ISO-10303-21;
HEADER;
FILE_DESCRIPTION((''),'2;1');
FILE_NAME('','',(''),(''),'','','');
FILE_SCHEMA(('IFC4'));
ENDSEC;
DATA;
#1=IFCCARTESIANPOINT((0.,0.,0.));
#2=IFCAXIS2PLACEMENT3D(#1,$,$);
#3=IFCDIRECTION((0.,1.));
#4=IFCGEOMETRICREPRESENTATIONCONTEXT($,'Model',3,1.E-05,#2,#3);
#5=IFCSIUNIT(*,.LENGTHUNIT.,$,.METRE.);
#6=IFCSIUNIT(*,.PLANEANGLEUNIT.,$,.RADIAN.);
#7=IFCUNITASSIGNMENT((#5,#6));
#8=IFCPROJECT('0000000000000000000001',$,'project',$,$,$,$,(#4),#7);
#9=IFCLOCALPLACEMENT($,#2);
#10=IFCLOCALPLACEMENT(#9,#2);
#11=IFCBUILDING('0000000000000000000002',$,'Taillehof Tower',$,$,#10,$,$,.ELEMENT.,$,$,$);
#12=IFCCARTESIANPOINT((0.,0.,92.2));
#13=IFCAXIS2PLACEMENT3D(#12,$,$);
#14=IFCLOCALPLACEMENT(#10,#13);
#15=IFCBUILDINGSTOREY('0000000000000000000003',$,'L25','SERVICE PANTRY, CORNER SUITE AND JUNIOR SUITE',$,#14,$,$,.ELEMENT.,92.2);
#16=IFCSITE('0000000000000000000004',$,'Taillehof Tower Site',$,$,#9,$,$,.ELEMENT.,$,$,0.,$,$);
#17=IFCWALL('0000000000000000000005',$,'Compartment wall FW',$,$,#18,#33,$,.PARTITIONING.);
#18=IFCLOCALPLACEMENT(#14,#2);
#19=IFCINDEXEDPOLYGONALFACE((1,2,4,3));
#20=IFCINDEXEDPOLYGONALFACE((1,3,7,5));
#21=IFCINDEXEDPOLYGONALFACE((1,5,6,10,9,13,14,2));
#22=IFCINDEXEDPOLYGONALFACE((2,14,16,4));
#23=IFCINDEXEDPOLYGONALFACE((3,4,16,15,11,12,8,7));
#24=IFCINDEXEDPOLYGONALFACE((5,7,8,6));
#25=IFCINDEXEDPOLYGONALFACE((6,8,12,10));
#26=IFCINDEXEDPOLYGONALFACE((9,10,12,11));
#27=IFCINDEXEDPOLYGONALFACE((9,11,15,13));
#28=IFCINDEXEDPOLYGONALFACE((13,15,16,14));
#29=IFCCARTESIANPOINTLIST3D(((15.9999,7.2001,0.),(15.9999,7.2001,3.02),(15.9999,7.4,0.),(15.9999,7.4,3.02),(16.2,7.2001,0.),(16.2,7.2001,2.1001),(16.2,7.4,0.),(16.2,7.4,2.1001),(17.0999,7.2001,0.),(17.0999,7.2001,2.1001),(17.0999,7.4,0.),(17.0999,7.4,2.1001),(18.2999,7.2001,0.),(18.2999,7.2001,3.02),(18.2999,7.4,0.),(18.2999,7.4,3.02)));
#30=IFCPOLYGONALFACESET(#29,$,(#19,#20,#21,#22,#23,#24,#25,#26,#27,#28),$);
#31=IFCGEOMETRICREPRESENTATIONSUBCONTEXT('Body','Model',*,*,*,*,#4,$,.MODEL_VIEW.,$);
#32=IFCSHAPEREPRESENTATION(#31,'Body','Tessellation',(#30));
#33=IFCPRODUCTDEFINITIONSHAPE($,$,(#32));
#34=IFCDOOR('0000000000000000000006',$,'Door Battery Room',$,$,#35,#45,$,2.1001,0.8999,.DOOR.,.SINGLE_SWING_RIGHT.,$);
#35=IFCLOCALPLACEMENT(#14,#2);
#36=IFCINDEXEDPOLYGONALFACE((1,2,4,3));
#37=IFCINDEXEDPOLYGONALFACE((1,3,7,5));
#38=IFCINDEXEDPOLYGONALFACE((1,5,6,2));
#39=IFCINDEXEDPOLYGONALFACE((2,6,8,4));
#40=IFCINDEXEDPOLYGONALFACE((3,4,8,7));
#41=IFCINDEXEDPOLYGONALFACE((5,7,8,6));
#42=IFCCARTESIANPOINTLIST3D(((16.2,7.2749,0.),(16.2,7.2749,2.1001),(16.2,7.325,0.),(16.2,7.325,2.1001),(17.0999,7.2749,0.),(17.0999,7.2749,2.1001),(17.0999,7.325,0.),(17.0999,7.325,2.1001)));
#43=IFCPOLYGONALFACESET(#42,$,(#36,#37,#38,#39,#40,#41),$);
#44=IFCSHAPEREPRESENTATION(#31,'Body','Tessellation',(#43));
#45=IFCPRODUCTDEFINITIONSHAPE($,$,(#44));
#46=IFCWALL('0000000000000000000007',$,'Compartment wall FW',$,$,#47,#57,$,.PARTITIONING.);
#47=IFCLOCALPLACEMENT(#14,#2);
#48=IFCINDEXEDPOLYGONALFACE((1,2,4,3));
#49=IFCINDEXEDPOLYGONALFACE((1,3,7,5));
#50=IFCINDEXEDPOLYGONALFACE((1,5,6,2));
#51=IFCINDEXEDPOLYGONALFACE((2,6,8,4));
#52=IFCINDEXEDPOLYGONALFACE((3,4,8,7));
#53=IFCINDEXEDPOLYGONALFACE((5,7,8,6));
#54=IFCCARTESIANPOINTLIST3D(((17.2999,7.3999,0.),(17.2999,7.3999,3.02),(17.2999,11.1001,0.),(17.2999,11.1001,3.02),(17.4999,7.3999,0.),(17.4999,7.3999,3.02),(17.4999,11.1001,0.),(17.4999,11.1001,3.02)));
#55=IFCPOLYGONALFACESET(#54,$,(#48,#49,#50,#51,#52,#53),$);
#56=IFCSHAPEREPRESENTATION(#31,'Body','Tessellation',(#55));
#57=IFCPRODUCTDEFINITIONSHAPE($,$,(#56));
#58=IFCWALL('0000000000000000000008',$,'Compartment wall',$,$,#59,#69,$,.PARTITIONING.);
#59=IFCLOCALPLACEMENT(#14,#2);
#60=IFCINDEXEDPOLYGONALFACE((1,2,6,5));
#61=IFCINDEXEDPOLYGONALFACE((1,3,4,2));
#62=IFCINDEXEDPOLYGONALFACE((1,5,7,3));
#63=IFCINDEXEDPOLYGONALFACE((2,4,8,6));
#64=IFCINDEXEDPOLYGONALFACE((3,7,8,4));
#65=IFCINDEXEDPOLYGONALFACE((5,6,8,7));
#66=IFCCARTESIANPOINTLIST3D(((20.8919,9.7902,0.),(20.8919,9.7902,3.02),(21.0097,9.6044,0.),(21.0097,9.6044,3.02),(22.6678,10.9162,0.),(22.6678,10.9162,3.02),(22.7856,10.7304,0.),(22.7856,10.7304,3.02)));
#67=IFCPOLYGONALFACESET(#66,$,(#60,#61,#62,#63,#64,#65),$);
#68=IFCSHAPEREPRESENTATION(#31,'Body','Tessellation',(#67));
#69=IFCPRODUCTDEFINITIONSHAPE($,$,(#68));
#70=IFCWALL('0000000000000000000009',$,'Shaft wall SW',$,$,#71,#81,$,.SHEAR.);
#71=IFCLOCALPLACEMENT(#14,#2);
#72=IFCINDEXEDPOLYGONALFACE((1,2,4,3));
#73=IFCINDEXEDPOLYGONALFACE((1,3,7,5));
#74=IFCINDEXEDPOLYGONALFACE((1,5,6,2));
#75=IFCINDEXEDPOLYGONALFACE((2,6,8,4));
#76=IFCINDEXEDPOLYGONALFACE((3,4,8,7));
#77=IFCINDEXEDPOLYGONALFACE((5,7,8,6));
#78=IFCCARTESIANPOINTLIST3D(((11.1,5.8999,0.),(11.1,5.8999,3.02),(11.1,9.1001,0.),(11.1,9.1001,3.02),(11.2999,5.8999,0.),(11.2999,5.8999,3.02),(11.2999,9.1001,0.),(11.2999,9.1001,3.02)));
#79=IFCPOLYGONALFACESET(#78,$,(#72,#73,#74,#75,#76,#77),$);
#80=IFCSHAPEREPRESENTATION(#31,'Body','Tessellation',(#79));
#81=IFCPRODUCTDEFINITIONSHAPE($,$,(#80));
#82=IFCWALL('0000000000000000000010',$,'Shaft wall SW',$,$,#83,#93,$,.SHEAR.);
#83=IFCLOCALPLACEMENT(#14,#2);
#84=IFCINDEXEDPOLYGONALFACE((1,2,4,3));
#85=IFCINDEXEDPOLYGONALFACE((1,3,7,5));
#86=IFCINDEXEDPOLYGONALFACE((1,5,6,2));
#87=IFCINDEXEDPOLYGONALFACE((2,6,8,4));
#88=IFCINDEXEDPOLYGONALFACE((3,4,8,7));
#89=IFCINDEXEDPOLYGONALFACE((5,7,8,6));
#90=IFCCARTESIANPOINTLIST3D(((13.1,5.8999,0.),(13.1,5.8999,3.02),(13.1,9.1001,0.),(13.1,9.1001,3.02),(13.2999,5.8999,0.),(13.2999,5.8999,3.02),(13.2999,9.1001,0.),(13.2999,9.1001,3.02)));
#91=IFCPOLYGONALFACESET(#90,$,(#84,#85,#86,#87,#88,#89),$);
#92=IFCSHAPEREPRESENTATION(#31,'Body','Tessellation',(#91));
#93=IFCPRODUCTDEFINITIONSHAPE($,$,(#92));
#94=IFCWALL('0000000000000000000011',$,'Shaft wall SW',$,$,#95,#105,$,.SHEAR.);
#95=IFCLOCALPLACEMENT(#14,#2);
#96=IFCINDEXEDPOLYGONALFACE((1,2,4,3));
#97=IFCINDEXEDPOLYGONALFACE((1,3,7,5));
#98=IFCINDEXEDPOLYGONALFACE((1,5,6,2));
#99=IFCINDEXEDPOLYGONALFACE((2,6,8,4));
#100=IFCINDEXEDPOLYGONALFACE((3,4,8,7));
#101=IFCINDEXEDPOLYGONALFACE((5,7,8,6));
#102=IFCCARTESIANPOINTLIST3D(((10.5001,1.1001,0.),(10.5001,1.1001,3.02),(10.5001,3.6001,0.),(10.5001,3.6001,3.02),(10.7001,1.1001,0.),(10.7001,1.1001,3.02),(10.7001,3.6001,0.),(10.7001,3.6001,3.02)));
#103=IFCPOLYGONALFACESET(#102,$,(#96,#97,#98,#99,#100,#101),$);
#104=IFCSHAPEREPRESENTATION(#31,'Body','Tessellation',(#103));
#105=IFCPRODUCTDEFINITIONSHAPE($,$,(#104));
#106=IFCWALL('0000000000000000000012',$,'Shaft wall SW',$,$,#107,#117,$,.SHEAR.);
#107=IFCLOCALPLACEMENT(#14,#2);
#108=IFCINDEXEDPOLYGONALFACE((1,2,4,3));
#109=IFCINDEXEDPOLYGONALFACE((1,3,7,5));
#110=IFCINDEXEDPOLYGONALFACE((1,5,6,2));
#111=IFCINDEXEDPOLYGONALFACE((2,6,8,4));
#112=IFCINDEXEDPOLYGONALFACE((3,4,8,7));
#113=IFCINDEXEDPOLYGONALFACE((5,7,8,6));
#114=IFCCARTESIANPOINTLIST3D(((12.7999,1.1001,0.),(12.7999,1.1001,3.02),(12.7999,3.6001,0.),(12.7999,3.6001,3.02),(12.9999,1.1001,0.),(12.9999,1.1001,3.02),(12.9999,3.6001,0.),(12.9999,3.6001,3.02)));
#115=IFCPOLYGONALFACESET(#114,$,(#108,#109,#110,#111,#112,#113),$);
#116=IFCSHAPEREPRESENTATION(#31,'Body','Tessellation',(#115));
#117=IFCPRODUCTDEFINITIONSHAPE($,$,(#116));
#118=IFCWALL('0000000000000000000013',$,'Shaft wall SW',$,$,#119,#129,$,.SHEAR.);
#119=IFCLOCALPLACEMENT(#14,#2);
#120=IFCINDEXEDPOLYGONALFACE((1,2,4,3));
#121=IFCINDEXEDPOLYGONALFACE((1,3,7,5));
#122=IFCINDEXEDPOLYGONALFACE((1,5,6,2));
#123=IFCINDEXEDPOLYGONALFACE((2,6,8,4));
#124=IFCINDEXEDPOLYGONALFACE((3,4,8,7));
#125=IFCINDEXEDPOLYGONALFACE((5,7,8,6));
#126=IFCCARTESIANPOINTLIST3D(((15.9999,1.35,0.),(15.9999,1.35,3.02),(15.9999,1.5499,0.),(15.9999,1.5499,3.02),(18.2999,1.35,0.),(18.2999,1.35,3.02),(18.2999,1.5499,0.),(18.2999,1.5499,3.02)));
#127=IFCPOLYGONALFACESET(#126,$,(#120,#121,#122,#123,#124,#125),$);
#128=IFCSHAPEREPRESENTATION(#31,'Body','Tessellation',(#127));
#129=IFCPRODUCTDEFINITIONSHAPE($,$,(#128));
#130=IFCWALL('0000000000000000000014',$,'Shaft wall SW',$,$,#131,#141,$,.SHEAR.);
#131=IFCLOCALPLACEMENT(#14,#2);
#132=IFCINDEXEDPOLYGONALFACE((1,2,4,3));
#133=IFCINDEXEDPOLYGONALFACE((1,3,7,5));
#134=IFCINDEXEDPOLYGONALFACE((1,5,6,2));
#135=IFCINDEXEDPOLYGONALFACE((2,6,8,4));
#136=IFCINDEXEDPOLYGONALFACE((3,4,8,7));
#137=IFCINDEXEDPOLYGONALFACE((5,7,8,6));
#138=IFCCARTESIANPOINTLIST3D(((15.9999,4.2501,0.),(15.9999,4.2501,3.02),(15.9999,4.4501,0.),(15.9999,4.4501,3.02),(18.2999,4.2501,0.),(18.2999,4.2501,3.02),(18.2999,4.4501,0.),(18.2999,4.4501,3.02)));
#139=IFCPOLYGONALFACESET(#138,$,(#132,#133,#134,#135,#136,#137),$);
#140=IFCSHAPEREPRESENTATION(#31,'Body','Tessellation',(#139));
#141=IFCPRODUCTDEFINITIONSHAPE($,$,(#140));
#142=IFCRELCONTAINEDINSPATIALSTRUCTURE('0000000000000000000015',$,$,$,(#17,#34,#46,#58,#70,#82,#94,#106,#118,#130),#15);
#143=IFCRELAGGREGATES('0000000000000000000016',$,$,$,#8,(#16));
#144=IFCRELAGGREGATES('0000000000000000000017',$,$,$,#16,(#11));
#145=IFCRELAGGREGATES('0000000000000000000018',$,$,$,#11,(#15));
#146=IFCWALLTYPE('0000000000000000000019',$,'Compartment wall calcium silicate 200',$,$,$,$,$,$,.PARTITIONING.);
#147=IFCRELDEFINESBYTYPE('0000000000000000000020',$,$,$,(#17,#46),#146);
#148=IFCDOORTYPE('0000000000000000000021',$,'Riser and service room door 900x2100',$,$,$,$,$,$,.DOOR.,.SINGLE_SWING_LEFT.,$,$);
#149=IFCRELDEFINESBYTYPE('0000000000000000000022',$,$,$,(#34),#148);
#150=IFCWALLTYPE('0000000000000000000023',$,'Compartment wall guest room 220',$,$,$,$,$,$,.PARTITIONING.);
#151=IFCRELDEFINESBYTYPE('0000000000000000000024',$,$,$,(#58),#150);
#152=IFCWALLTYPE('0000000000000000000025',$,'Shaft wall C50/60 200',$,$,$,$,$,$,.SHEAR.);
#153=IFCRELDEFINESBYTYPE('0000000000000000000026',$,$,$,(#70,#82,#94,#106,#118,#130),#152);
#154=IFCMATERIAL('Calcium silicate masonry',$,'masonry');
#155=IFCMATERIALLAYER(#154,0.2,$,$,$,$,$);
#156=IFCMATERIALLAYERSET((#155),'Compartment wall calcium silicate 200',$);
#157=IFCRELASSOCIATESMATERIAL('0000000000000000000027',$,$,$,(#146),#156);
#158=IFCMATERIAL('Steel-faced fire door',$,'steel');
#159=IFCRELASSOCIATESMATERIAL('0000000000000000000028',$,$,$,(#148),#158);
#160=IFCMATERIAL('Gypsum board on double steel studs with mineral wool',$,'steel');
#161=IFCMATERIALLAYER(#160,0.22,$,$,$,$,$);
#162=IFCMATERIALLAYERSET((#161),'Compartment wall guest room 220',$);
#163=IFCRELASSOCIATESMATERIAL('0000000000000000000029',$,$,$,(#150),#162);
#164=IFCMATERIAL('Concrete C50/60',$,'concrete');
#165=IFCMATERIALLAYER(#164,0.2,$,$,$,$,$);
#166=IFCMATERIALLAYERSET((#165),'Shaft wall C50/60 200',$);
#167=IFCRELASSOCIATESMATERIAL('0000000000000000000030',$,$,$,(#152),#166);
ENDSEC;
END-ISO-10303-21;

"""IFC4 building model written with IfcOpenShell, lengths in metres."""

from ifc_helpers import new_model, si_unit, direction, frame, frame_2d, origin, place, context, subcontext, project, spatial, rectangle, extrude, material, layer, layer_set, type_object, element, fill, save


model = new_model("IFC4")

# Units and contexts
model_context = context("Model", 3, precision=1e-05, world=origin(), true_north=direction((0.0, 1.0)))
body_context = subcontext(model_context, "Body", "Model", "MODEL_VIEW")
ifc_project = project(units=[si_unit("LENGTHUNIT", "METRE"), si_unit("PLANEANGLEUNIT", "RADIAN")], contexts=[model_context])

# Site, building, storey
site_placement = place(None, origin())
site = spatial("IfcSite", under=ifc_project, at=site_placement, Name="Taillehof Tower Site", CompositionType="ELEMENT", RefElevation=0.0)
building_placement = place(site_placement, origin())
building = spatial("IfcBuilding", under=site, at=building_placement, Name="Taillehof Tower", CompositionType="ELEMENT")
storey_placement = place(building_placement, frame((0.0, 0.0, 92.2)))
storey = spatial("IfcBuildingStorey", under=building, at=storey_placement, Name="L25", Description="SERVICE PANTRY, CORNER SUITE AND JUNIOR SUITE", CompositionType="ELEMENT", Elevation=92.2)

# Wall, opening, door
ifc_material_1 = material(Name="Calcium silicate masonry", Category="masonry")
ifc_layer_1 = layer(ifc_material_1, 0.2)
ifc_layer_set_1 = layer_set([ifc_layer_1], Name="Compartment wall calcium silicate 200")
wall_type_1 = type_object("IfcWallType", Name="Compartment wall calcium silicate 200", PredefinedType="PARTITIONING", material=ifc_layer_set_1)
wall_1_placement = place(storey_placement, frame((16.0, 7.3, 0.0), z_axis=(0.0, 0.0, 1.0), x_axis=(1.0, 0.0, 0.0)))
wall_1 = element("IfcWall", 1, at=wall_1_placement, inside=storey, type_object=wall_type_1, Name="Compartment wall FW", PredefinedType="PARTITIONING", context=body_context, shape_type="SweptSolid", body=[
    extrude(rectangle(XDim=2.3, YDim=0.2, at=frame_2d((1.1499, 0.0))), origin(), (0.0, 0.0, 1.0), 3.02),
])
opening_1_placement = place(wall_1_placement, frame((0.2, 0.0, 0.0)))
opening_1 = element("IfcOpeningElement", 2, at=opening_1_placement, cuts=wall_1, PredefinedType="OPENING", context=body_context, shape_type="SweptSolid", body=[
    extrude(rectangle(XDim=0.8999, YDim=2.1001, at=frame_2d((0.45, 1.05))), frame((0.0, 0.1099, 0.0), z_axis=(0.0, -1.0, 0.0), x_axis=(1.0, 0.0, 0.0)), (0.0, 0.0, 1.0), 0.22),
])
ifc_material_2 = material(Name="Steel-faced fire door", Category="steel")
door_type = type_object("IfcDoorType", Name="Riser and service room door 900x2100", OperationType="SINGLE_SWING_LEFT", PredefinedType="DOOR", material=ifc_material_2)
door_placement = place(opening_1_placement, origin())
door = element("IfcDoor", 3, at=door_placement, inside=storey, type_object=door_type, Name="Door Battery Room", OperationType="SINGLE_SWING_RIGHT", OverallHeight=2.1001, OverallWidth=0.8999, PredefinedType="DOOR", context=body_context, shape_type="SweptSolid", body=[
    extrude(rectangle(XDim=0.8999, YDim=2.1001, at=frame_2d((0.45, 1.05))), frame((0.0, 0.0249, 0.0), z_axis=(0.0, -1.0, 0.0), x_axis=(1.0, 0.0, 0.0)), (0.0, 0.0, 1.0), 0.05),
])
fill(opening_1, door)

# Walls
wall_2_placement = place(storey_placement, frame((17.3999, 7.3999, 0.0), z_axis=(0.0, 0.0, 1.0), x_axis=(0.0, 1.0, 0.0)))
element("IfcWall", 4, at=wall_2_placement, inside=storey, type_object=wall_type_1, Name="Compartment wall FW", PredefinedType="PARTITIONING", context=body_context, shape_type="SweptSolid", body=[
    extrude(rectangle(XDim=3.7002, YDim=0.2, at=frame_2d((1.8501, 0.0))), origin(), (0.0, 0.0, 1.0), 3.02),
])
ifc_material_3 = material(Name="Gypsum board on double steel studs with mineral wool", Category="steel")
ifc_layer_2 = layer(ifc_material_3, 0.22)
ifc_layer_set_2 = layer_set([ifc_layer_2], Name="Compartment wall guest room 220")
wall_type_2 = type_object("IfcWallType", Name="Compartment wall guest room 220", PredefinedType="PARTITIONING", material=ifc_layer_set_2)
wall_3_placement = place(storey_placement, frame((22.7266, 10.8232, 0.0), z_axis=(0.0, 0.0, 1.0), x_axis=(-0.84455, -0.535477, 0.0)))
element("IfcWall", 5, at=wall_3_placement, inside=storey, type_object=wall_type_2, Name="Compartment wall", PredefinedType="PARTITIONING", context=body_context, shape_type="SweptSolid", body=[
    extrude(rectangle(XDim=2.1028, YDim=0.22, at=frame_2d((1.0513, 0.0))), origin(), (0.0, 0.0, 1.0), 3.02),
])
ifc_material_4 = material(Name="Concrete C50/60", Category="concrete")
ifc_layer_3 = layer(ifc_material_4, 0.2)
ifc_layer_set_3 = layer_set([ifc_layer_3], Name="Shaft wall C50/60 200")
wall_type_3 = type_object("IfcWallType", Name="Shaft wall C50/60 200", PredefinedType="SHEAR", material=ifc_layer_set_3)
for number, where, z_axis, x_axis, name in (
    (6, (11.2, 5.8999, 0.0), (0.0, 0.0, 1.0), (0.0, 1.0, 0.0), "Shaft wall SW"),
    (7, (13.2, 5.8999, 0.0), (0.0, 0.0, 1.0), (0.0, 1.0, 0.0), "Shaft wall SW"),
):
    element("IfcWall", number, at=place(storey_placement, frame(where, z_axis=z_axis, x_axis=x_axis)), inside=storey, type_object=wall_type_3, Name=name, PredefinedType="SHEAR", context=body_context, shape_type="SweptSolid", body=[
        extrude(rectangle(XDim=3.2002, YDim=0.2, at=frame_2d((1.6001, 0.0))), origin(), (0.0, 0.0, 1.0), 3.02),
    ])
for number, where, z_axis, x_axis, name in (
    (8, (10.6001, 1.1001, 0.0), (0.0, 0.0, 1.0), (0.0, 1.0, 0.0), "Shaft wall SW"),
    (9, (12.8999, 1.1001, 0.0), (0.0, 0.0, 1.0), (0.0, 1.0, 0.0), "Shaft wall SW"),
):
    element("IfcWall", number, at=place(storey_placement, frame(where, z_axis=z_axis, x_axis=x_axis)), inside=storey, type_object=wall_type_3, Name=name, PredefinedType="SHEAR", context=body_context, shape_type="SweptSolid", body=[
        extrude(rectangle(XDim=2.5, YDim=0.2, at=frame_2d((1.25, 0.0))), origin(), (0.0, 0.0, 1.0), 3.02),
    ])
for number, where, z_axis, x_axis, name in (
    (10, (16.0, 1.45, 0.0), (0.0, 0.0, 1.0), (1.0, 0.0, 0.0), "Shaft wall SW"),
    (11, (16.0, 4.3501, 0.0), (0.0, 0.0, 1.0), (1.0, 0.0, 0.0), "Shaft wall SW"),
):
    element("IfcWall", number, at=place(storey_placement, frame(where, z_axis=z_axis, x_axis=x_axis)), inside=storey, type_object=wall_type_3, Name=name, PredefinedType="SHEAR", context=body_context, shape_type="SweptSolid", body=[
        extrude(rectangle(XDim=2.3, YDim=0.2, at=frame_2d((1.1499, 0.0))), origin(), (0.0, 0.0, 1.0), 3.02),
    ])

save(model, "model.ifc")
